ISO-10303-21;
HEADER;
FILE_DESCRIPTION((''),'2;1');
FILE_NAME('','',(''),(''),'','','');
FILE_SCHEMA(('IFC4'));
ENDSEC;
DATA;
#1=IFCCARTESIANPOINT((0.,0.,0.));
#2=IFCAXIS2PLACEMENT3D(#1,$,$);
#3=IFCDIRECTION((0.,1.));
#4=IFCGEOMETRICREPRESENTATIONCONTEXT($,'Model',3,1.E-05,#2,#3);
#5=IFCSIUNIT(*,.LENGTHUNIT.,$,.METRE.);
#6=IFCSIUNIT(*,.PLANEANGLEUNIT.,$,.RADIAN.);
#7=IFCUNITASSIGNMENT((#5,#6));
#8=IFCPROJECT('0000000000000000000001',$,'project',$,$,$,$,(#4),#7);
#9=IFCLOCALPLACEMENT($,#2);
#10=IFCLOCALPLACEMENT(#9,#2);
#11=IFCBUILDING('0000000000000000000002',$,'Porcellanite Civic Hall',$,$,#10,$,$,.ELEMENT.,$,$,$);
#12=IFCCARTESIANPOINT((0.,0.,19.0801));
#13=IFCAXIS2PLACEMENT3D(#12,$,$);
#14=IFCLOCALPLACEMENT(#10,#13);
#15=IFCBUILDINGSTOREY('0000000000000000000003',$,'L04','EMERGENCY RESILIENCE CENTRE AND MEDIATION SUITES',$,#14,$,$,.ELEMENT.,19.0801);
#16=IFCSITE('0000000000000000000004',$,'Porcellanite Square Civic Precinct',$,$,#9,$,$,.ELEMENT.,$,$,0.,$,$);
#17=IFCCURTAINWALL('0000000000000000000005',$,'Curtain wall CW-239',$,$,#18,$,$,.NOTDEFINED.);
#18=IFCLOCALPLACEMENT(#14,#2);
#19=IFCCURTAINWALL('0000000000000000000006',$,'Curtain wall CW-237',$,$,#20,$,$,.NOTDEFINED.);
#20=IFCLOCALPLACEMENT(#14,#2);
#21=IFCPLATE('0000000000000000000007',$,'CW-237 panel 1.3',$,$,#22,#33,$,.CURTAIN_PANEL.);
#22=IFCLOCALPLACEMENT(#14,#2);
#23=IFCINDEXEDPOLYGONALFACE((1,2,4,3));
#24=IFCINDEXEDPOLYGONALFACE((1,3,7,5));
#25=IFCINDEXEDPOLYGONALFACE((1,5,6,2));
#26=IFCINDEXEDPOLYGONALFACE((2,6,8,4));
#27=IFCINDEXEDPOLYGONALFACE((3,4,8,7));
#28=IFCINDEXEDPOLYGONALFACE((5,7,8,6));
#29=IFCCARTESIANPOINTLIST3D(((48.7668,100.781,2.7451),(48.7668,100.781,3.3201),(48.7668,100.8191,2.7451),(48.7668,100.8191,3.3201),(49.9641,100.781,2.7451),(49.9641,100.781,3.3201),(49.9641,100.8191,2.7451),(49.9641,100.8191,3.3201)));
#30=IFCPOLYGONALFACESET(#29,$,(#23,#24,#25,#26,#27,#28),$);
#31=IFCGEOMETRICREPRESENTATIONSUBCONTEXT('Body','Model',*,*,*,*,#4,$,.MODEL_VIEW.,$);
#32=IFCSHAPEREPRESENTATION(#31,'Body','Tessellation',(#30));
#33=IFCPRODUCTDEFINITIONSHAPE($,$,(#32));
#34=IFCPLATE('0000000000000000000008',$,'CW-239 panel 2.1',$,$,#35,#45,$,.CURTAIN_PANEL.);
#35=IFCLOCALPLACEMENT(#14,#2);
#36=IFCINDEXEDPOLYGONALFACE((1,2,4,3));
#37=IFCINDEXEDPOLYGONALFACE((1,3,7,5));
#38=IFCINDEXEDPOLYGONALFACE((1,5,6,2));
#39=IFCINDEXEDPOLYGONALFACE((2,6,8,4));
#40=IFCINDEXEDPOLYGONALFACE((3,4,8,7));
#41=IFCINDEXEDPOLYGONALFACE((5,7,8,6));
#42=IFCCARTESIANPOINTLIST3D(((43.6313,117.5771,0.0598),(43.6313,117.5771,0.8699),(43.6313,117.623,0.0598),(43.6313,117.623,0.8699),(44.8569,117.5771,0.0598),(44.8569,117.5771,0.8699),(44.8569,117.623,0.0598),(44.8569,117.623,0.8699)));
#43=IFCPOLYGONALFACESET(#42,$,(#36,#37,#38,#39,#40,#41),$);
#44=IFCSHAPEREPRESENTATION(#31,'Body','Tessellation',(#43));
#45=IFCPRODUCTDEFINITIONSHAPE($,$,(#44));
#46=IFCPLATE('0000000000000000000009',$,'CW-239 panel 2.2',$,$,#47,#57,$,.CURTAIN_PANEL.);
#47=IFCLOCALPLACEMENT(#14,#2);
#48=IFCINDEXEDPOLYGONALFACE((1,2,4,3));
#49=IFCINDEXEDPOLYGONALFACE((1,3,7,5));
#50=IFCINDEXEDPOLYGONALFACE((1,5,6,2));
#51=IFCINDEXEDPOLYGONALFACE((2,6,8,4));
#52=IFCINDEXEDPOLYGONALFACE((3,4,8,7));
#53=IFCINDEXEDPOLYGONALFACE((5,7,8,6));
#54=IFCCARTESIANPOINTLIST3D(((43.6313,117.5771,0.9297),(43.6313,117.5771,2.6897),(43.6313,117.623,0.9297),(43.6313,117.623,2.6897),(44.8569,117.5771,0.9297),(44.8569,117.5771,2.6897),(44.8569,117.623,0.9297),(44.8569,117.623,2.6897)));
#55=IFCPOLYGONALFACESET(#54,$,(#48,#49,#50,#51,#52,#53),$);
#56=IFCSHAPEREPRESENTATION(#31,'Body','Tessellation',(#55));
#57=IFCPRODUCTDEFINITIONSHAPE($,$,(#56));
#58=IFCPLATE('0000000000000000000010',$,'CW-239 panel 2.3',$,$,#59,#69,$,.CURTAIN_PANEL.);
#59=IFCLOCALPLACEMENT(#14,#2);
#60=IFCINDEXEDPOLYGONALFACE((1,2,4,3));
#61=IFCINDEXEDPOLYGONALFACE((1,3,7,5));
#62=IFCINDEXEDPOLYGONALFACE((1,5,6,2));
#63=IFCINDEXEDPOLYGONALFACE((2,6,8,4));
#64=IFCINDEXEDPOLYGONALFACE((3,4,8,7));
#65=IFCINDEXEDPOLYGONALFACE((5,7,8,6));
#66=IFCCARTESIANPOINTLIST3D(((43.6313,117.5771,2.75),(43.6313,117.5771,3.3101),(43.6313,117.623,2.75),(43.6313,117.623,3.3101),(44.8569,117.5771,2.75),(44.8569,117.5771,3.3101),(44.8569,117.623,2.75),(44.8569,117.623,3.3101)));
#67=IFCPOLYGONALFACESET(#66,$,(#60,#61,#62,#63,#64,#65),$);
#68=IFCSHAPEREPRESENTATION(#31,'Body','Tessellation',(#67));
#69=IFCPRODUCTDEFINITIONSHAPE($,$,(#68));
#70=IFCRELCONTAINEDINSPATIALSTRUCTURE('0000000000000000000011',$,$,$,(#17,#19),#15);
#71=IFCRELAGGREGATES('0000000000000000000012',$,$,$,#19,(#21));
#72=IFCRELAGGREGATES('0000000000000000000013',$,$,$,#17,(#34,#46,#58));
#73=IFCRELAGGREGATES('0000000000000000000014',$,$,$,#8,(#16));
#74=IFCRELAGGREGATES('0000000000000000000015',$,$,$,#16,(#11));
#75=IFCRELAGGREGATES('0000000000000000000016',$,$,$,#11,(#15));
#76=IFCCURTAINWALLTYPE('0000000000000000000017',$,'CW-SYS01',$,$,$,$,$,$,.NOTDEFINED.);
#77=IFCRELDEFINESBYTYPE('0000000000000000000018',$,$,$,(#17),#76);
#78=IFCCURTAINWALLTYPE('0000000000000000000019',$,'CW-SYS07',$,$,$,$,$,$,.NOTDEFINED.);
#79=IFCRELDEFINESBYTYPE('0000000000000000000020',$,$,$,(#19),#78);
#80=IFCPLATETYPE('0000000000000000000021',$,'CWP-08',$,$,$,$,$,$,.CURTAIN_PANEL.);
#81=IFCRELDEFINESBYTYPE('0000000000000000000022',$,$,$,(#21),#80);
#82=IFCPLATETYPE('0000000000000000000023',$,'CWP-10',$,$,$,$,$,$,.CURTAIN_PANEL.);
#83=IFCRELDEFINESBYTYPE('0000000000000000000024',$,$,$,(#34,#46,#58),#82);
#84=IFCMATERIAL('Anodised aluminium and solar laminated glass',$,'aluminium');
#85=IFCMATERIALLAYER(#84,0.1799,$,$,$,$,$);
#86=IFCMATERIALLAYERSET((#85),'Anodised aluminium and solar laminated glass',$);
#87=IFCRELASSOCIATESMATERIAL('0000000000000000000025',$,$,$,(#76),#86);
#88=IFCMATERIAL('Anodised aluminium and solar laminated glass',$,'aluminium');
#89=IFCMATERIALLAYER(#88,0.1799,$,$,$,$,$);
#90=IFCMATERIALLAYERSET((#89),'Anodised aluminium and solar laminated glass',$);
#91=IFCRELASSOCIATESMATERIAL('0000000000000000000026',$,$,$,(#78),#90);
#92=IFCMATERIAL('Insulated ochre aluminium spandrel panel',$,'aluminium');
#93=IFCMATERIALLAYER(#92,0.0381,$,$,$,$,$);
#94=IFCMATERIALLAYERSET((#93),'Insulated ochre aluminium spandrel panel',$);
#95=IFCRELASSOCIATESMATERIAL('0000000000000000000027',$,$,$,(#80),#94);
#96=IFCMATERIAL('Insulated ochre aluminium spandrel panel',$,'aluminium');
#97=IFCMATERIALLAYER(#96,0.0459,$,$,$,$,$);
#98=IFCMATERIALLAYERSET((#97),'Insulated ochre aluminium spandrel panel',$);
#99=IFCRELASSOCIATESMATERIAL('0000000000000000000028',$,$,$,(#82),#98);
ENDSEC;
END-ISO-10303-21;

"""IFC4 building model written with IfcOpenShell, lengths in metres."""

from ifc_helpers import new_model, si_unit, direction, frame, origin, origin_2d, place, context, subcontext, project, spatial, rectangle, extrude, material, layer, layer_set, type_object, element, aggregate, save


model = new_model("IFC4")

# Units and contexts
model_context = context("Model", 3, precision=1e-05, world=origin(), true_north=direction((0.0, 1.0)))
body_context = subcontext(model_context, "Body", "Model", "MODEL_VIEW")
ifc_project = project(units=[si_unit("LENGTHUNIT", "METRE"), si_unit("PLANEANGLEUNIT", "RADIAN")], contexts=[model_context])

# Site, building, storey
site_placement = place(None, origin())
site = spatial("IfcSite", under=ifc_project, at=site_placement, Name="Porcellanite Square Civic Precinct", CompositionType="ELEMENT", RefElevation=0.0)
building_placement = place(site_placement, origin())
building = spatial("IfcBuilding", under=site, at=building_placement, Name="Porcellanite Civic Hall", CompositionType="ELEMENT")
storey_placement = place(building_placement, frame((0.0, 0.0, 19.0801)))
storey = spatial("IfcBuildingStorey", under=building, at=storey_placement, Name="L04", Description="EMERGENCY RESILIENCE CENTRE AND MEDIATION SUITES", CompositionType="ELEMENT", Elevation=19.0801)

# Curtain wall
ifc_material_1 = material(Name="Anodised aluminium and solar laminated glass", Category="aluminium")
ifc_layer_1 = layer(ifc_material_1, 0.1799)
ifc_layer_set_1 = layer_set([ifc_layer_1], Name="Anodised aluminium and solar laminated glass")
curtain_wall_type_1 = type_object("IfcCurtainWallType", Name="CW-SYS01", PredefinedType="NOTDEFINED", material=ifc_layer_set_1)
curtain_wall_1_placement = place(storey_placement, origin())
curtain_wall_1 = element("IfcCurtainWall", 1, at=curtain_wall_1_placement, inside=storey, type_object=curtain_wall_type_1, Name="Curtain wall CW-239", PredefinedType="NOTDEFINED")

# Curtain wall
ifc_material_2 = material(Name="Anodised aluminium and solar laminated glass", Category="aluminium")
ifc_layer_2 = layer(ifc_material_2, 0.1799)
ifc_layer_set_2 = layer_set([ifc_layer_2], Name="Anodised aluminium and solar laminated glass")
curtain_wall_type_2 = type_object("IfcCurtainWallType", Name="CW-SYS07", PredefinedType="NOTDEFINED", material=ifc_layer_set_2)
curtain_wall_2_placement = place(storey_placement, origin())
curtain_wall_2 = element("IfcCurtainWall", 2, at=curtain_wall_2_placement, inside=storey, type_object=curtain_wall_type_2, Name="Curtain wall CW-237", PredefinedType="NOTDEFINED")

# Plates
ifc_material_3 = material(Name="Insulated ochre aluminium spandrel panel", Category="aluminium")
ifc_layer_3 = layer(ifc_material_3, 0.0381)
ifc_layer_set_3 = layer_set([ifc_layer_3], Name="Insulated ochre aluminium spandrel panel")
plate_type_1 = type_object("IfcPlateType", Name="CWP-08", PredefinedType="CURTAIN_PANEL", material=ifc_layer_set_3)
plate_1_placement = place(storey_placement, frame((49.3655, 100.8, 2.7451), z_axis=(0.0, 0.0, 1.0), x_axis=(-1.0, 0.0, 0.0)))
plate_1 = element("IfcPlate", 3, at=plate_1_placement, type_object=plate_type_1, Name="CW-237 panel 1.3", PredefinedType="CURTAIN_PANEL", context=body_context, shape_type="SweptSolid", body=[
    extrude(rectangle(XDim=1.1973, YDim=0.0381, at=origin_2d()), origin(), (0.0, 0.0, 1.0), 0.575),
])
aggregate(curtain_wall_2, [plate_1])
ifc_material_4 = material(Name="Insulated ochre aluminium spandrel panel", Category="aluminium")
ifc_layer_4 = layer(ifc_material_4, 0.0459)
ifc_layer_set_4 = layer_set([ifc_layer_4], Name="Insulated ochre aluminium spandrel panel")
plate_type_2 = type_object("IfcPlateType", Name="CWP-10", PredefinedType="CURTAIN_PANEL", material=ifc_layer_set_4)
plate_2_placement = place(storey_placement, frame((44.2441, 117.6001, 0.0598), z_axis=(0.0, 0.0, 1.0), x_axis=(1.0, 0.0, 0.0)))
plate_2 = element("IfcPlate", 4, at=plate_2_placement, type_object=plate_type_2, Name="CW-239 panel 2.1", PredefinedType="CURTAIN_PANEL", context=body_context, shape_type="SweptSolid", body=[
    extrude(rectangle(XDim=1.2256, YDim=0.0459, at=origin_2d()), origin(), (0.0, 0.0, 1.0), 0.8101),
])
plate_3_placement = place(storey_placement, frame((44.2441, 117.6001, 0.9297), z_axis=(0.0, 0.0, 1.0), x_axis=(1.0, 0.0, 0.0)))
plate_3 = element("IfcPlate", 5, at=plate_3_placement, type_object=plate_type_2, Name="CW-239 panel 2.2", PredefinedType="CURTAIN_PANEL", context=body_context, shape_type="SweptSolid", body=[
    extrude(rectangle(XDim=1.2256, YDim=0.0459, at=origin_2d()), origin(), (0.0, 0.0, 1.0), 1.76),
])
plate_4_placement = place(storey_placement, frame((44.2441, 117.6001, 2.75), z_axis=(0.0, 0.0, 1.0), x_axis=(1.0, 0.0, 0.0)))
plate_4 = element("IfcPlate", 6, at=plate_4_placement, type_object=plate_type_2, Name="CW-239 panel 2.3", PredefinedType="CURTAIN_PANEL", context=body_context, shape_type="SweptSolid", body=[
    extrude(rectangle(XDim=1.2256, YDim=0.0459, at=origin_2d()), origin(), (0.0, 0.0, 1.0), 0.5601),
])
aggregate(curtain_wall_1, [plate_2, plate_3, plate_4])

save(model, "model.ifc")
